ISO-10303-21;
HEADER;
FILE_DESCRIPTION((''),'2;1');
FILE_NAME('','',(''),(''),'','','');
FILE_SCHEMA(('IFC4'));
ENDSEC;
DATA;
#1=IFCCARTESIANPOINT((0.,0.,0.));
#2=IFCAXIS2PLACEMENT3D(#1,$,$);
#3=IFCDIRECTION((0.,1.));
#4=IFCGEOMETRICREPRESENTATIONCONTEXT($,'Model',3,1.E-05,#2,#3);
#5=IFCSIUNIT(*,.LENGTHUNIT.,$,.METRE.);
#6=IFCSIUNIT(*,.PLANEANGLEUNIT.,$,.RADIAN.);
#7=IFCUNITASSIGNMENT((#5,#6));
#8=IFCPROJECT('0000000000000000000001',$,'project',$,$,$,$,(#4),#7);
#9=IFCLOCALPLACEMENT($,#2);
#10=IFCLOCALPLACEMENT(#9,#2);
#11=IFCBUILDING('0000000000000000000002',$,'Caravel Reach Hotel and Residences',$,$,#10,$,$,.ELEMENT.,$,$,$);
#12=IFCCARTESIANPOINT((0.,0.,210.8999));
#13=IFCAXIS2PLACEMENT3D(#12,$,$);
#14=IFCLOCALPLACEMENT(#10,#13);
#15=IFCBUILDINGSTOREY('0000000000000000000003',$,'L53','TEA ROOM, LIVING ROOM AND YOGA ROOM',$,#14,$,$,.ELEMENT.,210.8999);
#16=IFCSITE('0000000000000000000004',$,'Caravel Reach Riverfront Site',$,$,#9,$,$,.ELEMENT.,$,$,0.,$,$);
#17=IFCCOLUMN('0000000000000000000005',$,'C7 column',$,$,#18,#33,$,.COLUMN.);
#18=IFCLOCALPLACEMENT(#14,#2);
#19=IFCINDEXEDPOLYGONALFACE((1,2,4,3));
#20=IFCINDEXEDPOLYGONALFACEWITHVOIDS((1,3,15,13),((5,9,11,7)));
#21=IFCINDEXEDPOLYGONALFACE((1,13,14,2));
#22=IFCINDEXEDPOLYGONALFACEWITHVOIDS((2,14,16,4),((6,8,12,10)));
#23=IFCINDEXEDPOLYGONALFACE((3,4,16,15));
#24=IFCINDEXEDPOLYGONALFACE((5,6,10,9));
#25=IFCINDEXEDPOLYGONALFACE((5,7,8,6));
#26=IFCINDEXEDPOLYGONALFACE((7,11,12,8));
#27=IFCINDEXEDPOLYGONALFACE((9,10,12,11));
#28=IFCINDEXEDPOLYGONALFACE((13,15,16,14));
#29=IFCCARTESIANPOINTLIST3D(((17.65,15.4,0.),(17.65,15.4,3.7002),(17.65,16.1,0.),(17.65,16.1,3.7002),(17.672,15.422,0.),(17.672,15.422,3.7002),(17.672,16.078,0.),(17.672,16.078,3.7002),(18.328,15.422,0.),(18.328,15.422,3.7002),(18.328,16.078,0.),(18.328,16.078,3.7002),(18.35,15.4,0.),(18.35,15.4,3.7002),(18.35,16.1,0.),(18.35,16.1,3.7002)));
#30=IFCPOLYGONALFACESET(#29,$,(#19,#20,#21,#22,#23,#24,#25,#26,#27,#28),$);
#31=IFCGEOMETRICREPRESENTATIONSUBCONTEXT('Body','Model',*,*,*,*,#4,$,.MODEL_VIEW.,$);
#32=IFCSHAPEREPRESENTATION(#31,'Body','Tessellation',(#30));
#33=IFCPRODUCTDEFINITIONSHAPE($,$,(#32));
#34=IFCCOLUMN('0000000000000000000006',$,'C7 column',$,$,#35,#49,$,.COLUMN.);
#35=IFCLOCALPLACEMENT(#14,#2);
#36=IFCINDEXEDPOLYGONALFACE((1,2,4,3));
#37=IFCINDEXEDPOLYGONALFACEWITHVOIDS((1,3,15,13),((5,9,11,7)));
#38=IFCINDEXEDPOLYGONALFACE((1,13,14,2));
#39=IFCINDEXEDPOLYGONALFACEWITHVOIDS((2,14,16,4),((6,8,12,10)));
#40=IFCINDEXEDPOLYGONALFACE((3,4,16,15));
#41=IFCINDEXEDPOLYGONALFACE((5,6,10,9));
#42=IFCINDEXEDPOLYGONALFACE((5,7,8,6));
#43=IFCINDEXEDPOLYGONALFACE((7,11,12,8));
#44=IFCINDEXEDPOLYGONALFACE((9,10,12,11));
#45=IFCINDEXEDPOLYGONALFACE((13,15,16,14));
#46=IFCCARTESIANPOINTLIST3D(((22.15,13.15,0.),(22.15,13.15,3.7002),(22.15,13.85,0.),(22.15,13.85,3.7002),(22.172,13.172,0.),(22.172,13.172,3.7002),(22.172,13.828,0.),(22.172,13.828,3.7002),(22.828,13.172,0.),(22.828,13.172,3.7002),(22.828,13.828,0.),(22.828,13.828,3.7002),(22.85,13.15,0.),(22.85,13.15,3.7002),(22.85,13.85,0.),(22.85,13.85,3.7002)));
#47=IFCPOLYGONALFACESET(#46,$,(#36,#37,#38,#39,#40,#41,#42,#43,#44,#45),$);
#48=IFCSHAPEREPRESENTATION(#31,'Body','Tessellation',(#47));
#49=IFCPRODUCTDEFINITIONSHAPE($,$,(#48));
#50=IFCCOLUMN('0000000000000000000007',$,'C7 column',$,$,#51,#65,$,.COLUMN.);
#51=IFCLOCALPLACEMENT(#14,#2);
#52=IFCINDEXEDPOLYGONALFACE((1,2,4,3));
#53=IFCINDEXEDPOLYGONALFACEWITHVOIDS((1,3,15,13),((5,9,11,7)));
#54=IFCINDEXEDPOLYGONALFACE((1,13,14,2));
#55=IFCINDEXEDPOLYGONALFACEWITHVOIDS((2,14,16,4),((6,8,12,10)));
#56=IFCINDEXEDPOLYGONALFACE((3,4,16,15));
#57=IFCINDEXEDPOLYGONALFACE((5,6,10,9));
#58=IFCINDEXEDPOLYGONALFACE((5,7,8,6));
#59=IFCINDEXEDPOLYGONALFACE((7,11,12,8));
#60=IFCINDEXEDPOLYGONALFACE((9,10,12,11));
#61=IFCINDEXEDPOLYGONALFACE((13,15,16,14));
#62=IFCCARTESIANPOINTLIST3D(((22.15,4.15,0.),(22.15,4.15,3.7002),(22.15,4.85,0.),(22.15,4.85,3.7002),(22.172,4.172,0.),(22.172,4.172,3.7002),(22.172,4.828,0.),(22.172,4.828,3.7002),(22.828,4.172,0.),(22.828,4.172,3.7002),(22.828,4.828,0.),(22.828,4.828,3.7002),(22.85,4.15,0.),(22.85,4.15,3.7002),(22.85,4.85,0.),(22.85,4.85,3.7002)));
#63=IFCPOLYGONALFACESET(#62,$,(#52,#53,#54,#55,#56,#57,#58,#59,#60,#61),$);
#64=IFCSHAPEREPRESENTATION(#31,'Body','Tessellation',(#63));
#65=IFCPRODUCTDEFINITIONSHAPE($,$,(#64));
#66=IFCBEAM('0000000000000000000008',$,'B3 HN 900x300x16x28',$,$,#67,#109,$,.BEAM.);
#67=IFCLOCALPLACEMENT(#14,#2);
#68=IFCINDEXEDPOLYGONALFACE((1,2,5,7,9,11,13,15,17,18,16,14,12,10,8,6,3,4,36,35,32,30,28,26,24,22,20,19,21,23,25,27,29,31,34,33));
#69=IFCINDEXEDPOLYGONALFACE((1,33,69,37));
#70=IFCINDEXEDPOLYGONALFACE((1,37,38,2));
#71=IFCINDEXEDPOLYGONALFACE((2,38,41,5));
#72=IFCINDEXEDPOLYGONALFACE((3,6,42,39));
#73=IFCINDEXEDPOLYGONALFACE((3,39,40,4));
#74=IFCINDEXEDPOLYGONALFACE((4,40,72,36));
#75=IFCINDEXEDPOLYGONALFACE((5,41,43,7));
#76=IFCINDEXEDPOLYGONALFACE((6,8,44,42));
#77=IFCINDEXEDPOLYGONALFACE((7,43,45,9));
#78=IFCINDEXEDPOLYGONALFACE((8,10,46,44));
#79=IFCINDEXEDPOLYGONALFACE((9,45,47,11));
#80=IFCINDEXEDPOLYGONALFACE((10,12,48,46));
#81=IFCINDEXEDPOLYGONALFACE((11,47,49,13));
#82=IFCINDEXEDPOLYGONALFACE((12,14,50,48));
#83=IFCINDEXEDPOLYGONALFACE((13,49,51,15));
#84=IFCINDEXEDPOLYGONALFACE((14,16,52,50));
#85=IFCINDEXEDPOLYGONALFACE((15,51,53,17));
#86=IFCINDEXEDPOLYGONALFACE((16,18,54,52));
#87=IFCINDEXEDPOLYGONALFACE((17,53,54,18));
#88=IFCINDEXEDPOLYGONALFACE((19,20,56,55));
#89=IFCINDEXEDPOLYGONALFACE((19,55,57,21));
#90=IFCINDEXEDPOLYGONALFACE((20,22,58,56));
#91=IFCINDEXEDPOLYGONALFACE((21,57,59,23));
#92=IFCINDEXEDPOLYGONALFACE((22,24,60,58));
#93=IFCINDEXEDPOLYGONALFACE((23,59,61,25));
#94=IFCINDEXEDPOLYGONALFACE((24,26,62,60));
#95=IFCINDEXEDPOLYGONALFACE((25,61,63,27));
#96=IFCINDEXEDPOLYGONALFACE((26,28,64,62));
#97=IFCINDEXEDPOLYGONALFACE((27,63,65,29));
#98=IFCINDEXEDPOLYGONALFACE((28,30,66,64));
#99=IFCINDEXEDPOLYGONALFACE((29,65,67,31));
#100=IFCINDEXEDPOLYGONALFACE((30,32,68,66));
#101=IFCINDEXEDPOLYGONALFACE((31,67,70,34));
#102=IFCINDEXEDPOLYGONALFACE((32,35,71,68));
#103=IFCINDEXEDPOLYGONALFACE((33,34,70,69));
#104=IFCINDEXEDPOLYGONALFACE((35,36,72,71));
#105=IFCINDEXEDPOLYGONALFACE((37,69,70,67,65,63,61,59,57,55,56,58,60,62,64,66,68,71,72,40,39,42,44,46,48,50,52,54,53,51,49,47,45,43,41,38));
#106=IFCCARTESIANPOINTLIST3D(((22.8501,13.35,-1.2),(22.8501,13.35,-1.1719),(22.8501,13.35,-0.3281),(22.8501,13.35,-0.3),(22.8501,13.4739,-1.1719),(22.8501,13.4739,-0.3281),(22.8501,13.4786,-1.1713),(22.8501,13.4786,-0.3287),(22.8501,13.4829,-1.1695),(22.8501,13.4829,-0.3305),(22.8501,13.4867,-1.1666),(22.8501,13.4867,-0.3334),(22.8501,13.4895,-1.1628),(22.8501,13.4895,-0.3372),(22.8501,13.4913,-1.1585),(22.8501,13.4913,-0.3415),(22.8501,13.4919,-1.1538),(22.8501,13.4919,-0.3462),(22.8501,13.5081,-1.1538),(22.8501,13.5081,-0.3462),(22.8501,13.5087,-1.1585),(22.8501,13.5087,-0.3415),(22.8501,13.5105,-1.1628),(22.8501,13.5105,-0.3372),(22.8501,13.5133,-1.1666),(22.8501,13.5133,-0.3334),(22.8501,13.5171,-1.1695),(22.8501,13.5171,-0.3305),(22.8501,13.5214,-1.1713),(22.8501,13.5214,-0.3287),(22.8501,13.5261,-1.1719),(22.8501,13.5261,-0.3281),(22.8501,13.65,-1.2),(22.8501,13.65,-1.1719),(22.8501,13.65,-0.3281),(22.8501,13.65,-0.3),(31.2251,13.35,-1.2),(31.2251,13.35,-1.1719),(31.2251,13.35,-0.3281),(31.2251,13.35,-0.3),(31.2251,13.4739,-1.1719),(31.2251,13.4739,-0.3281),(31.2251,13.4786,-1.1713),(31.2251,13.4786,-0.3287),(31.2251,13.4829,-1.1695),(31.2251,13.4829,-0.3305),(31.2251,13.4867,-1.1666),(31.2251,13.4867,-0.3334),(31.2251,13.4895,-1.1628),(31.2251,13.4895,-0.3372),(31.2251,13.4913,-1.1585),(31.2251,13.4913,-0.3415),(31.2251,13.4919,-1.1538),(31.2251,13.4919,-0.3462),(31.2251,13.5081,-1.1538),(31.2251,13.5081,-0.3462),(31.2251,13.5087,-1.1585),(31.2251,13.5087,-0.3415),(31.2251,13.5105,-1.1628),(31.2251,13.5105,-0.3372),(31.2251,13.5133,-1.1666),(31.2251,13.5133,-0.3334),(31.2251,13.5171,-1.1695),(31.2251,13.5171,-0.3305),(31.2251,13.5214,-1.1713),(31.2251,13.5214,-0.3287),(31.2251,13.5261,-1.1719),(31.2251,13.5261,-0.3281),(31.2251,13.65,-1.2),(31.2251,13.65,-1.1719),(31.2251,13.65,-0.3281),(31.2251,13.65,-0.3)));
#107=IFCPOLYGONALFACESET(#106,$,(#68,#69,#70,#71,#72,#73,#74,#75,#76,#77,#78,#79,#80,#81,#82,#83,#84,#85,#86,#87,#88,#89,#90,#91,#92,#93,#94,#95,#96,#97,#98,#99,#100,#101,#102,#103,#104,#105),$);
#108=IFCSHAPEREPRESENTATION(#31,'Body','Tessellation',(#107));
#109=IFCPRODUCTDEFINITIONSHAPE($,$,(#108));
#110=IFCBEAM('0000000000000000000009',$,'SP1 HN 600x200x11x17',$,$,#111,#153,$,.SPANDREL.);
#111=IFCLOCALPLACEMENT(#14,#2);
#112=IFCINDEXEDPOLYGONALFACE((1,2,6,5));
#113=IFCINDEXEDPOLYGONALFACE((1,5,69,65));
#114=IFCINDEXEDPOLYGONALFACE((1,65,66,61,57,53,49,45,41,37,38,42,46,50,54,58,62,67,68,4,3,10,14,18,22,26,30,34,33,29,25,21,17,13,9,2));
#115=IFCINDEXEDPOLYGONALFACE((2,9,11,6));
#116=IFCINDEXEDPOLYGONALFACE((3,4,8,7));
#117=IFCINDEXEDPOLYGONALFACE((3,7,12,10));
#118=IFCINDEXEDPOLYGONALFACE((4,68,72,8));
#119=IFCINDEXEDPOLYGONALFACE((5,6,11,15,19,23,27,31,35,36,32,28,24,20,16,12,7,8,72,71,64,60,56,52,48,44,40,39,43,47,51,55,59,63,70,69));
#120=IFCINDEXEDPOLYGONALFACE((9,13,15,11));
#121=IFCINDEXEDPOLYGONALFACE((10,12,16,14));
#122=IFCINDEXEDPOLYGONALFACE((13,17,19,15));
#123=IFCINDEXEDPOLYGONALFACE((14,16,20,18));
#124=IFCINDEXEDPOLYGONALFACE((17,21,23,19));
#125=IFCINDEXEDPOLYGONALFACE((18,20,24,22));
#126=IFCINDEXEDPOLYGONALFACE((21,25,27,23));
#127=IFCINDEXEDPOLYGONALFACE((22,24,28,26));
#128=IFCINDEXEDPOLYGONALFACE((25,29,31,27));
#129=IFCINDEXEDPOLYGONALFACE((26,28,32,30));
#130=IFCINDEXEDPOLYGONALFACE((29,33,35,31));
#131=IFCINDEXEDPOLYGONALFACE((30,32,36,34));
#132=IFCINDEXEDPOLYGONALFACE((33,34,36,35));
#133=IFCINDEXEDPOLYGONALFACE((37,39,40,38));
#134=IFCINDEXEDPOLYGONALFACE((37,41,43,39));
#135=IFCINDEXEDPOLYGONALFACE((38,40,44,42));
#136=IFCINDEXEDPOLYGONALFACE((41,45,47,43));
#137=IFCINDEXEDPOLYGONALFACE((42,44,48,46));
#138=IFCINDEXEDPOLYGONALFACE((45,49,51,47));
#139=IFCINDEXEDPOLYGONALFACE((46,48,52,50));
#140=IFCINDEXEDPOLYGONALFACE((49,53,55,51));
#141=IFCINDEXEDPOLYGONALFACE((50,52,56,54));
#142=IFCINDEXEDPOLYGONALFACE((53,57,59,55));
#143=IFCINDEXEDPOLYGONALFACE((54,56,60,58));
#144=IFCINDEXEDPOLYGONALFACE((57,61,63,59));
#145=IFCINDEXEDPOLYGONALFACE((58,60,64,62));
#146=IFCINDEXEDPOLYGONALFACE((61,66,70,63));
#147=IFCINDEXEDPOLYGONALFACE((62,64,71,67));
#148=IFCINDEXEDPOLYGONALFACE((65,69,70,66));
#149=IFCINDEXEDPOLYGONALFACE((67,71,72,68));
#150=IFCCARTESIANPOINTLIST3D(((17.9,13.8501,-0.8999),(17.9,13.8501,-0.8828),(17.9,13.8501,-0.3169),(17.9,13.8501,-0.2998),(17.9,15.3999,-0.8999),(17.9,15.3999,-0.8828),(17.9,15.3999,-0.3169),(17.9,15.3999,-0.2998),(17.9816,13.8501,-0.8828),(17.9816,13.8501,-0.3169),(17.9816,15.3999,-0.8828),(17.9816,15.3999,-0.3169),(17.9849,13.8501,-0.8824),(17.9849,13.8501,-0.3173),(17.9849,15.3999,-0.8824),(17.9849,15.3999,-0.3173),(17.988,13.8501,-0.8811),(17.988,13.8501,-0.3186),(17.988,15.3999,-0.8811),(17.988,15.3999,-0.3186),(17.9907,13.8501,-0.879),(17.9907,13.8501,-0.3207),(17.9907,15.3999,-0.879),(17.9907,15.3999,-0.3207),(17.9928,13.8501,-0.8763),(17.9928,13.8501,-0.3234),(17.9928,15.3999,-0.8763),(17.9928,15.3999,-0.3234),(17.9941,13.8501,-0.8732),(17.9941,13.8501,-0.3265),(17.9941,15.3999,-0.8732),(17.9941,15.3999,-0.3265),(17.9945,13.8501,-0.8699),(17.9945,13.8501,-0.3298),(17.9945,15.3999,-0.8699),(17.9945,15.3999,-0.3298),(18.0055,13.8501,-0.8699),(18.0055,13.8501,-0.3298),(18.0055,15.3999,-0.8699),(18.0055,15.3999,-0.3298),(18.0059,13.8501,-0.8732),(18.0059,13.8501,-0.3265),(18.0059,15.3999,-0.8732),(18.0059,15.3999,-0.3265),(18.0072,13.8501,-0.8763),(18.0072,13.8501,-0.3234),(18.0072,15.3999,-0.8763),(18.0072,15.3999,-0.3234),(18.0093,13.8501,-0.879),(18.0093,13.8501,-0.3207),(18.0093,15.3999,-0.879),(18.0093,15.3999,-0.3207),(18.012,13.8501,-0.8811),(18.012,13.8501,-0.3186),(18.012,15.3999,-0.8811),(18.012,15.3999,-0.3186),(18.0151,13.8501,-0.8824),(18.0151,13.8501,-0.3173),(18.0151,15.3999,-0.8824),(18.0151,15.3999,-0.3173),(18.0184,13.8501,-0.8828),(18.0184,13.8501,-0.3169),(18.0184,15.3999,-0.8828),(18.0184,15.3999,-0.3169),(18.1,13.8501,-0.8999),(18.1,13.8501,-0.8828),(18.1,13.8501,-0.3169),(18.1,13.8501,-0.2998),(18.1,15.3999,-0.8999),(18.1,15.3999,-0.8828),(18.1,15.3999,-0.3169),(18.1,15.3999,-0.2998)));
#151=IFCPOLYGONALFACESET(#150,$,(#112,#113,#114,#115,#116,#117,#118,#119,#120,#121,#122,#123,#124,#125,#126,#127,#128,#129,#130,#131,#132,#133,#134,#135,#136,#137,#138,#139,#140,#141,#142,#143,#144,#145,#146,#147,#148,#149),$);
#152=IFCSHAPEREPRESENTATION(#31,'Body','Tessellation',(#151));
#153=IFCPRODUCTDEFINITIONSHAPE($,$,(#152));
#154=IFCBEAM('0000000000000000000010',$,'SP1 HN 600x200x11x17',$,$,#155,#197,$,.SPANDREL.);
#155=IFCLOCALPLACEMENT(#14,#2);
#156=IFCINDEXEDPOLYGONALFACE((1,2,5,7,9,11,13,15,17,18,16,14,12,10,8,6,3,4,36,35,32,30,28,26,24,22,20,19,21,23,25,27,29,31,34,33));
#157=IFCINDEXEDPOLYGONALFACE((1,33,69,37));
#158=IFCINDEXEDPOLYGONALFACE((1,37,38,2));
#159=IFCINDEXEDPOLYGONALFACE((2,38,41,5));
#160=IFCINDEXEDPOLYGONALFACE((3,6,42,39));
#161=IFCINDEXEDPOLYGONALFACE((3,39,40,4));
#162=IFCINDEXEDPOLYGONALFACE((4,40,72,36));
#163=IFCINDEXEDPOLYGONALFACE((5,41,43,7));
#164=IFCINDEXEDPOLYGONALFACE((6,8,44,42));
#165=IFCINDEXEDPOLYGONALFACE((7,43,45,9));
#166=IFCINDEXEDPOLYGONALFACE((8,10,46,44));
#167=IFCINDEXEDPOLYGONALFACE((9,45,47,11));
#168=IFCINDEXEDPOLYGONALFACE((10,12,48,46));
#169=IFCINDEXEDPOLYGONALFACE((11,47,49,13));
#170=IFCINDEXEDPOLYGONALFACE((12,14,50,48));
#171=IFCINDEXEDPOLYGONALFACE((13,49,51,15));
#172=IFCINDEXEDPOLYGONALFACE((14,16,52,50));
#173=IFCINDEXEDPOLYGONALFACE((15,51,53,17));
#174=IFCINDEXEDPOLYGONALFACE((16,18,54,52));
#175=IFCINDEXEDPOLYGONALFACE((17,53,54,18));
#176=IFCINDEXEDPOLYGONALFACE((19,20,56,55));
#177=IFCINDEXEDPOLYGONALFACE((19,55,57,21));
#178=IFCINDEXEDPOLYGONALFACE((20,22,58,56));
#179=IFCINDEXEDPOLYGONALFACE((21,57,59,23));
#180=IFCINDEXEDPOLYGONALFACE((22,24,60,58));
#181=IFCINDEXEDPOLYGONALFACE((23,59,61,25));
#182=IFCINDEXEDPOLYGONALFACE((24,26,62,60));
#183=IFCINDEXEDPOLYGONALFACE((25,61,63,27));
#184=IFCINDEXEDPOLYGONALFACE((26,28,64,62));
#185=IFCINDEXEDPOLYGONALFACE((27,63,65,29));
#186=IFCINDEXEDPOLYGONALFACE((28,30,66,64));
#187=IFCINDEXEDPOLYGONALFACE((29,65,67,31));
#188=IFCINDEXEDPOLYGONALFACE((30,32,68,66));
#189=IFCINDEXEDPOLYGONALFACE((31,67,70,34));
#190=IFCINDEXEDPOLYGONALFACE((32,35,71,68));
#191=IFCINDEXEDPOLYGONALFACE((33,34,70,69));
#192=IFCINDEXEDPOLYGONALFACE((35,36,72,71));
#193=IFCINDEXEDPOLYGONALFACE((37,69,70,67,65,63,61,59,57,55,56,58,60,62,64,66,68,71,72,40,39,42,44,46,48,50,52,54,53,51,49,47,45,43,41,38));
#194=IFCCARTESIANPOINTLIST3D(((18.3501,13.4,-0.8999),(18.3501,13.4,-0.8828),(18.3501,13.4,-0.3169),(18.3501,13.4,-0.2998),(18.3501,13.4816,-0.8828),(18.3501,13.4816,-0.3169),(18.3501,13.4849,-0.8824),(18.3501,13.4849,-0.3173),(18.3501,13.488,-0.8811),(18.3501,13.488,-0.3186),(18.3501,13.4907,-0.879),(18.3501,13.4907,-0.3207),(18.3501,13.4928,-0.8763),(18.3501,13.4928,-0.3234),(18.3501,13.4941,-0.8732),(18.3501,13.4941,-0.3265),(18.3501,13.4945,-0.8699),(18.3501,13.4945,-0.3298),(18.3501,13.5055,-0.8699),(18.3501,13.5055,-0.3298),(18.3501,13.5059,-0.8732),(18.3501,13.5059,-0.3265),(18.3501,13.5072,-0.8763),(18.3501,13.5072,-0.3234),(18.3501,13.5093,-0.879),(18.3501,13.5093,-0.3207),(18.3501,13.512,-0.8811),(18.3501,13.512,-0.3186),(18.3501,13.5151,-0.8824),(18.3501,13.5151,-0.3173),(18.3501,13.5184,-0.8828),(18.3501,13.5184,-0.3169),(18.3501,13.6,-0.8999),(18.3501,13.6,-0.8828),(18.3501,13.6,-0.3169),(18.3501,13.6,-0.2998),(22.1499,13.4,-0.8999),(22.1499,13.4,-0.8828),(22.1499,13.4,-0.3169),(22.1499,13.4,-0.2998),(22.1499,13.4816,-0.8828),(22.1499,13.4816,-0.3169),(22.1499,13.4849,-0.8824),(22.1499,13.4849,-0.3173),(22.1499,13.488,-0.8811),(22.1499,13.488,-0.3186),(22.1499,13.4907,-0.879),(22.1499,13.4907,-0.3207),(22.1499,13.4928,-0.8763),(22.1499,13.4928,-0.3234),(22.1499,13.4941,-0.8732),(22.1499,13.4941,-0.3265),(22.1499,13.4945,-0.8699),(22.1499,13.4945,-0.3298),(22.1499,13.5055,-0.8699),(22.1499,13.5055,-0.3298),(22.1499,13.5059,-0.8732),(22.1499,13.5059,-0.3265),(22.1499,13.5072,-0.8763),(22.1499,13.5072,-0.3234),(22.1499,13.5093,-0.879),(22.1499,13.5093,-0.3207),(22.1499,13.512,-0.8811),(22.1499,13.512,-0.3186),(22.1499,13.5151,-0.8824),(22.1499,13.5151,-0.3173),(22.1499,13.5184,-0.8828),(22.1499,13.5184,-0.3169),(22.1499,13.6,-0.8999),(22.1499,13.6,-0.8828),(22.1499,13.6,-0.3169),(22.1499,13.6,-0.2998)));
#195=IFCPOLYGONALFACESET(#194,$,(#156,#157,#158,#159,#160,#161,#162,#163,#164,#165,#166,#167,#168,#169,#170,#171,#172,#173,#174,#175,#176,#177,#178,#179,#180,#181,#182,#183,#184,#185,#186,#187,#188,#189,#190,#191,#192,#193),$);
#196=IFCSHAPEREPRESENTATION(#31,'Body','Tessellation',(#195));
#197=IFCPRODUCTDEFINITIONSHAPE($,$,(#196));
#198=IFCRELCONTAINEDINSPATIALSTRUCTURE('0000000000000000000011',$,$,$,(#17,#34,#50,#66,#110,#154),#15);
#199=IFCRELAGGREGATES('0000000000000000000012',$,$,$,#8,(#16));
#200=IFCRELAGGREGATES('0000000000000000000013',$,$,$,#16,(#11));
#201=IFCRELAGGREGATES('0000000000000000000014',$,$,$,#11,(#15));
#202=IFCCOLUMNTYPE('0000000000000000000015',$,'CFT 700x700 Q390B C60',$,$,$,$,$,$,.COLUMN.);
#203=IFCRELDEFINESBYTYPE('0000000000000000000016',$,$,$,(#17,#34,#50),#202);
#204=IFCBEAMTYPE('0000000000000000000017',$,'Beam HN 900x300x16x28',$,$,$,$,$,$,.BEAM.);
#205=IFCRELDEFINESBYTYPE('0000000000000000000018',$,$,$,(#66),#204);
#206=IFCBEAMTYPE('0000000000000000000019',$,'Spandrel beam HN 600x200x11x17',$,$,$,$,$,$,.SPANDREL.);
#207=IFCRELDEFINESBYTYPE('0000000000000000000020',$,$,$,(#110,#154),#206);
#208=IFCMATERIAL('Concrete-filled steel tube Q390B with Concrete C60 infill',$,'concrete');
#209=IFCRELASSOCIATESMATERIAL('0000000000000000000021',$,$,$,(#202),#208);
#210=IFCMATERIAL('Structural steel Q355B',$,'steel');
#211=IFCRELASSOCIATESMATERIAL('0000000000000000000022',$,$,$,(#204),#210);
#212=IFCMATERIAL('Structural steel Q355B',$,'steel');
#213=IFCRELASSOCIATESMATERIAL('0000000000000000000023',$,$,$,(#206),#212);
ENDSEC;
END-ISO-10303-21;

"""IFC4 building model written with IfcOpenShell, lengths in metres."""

from ifc_helpers import new_model, si_unit, direction, frame, origin, origin_2d, place, context, subcontext, project, spatial, hollow_rectangle, i_section, extrude, material, material_profile, profile_set, type_object, element, save


model = new_model("IFC4")

# Units and contexts
model_context = context("Model", 3, precision=1e-05, world=origin(), true_north=direction((0.0, 1.0)))
body_context = subcontext(model_context, "Body", "Model", "MODEL_VIEW")
ifc_project = project(units=[si_unit("LENGTHUNIT", "METRE"), si_unit("PLANEANGLEUNIT", "RADIAN")], contexts=[model_context])

# Site, building, storey
site_placement = place(None, origin())
site = spatial("IfcSite", under=ifc_project, at=site_placement, Name="Caravel Reach Riverfront Site", CompositionType="ELEMENT", RefElevation=0.0)
building_placement = place(site_placement, origin())
building = spatial("IfcBuilding", under=site, at=building_placement, Name="Caravel Reach Hotel and Residences", CompositionType="ELEMENT")
storey_placement = place(building_placement, frame((0.0, 0.0, 210.8999)))
storey = spatial("IfcBuildingStorey", under=building, at=storey_placement, Name="L53", Description="TEA ROOM, LIVING ROOM AND YOGA ROOM", CompositionType="ELEMENT", Elevation=210.8999)

# Columns
ifc_material_1 = material(Name="Concrete-filled steel tube Q390B with Concrete C60 infill", Category="concrete")
ifc_material_profile_1 = material_profile(ifc_material_1, hollow_rectangle(XDim=0.7, YDim=0.7, WallThickness=0.022, at=origin_2d()), Name="RHS 700x700x22")
ifc_profile_set_1 = profile_set([ifc_material_profile_1], Name="Concrete-filled steel tube Q390B with Concrete C60 infill")
column_type = type_object("IfcColumnType", Name="CFT 700x700 Q390B C60", PredefinedType="COLUMN", material=ifc_profile_set_1)
for number, where, z_axis, x_axis, name in (
    (1, (18.0, 15.75, 0.0), (0.0, 0.0, 1.0), (1.0, 0.0, 0.0), "C7 column"),
    (2, (22.5, 13.5, 0.0), (0.0, 0.0, 1.0), (1.0, 0.0, 0.0), "C7 column"),
    (3, (22.5, 4.5, 0.0), (0.0, 0.0, 1.0), (1.0, 0.0, 0.0), "C7 column"),
):
    element("IfcColumn", number, at=place(storey_placement, frame(where, z_axis=z_axis, x_axis=x_axis)), inside=storey, type_object=column_type, Name=name, PredefinedType="COLUMN", context=body_context, shape_type="SweptSolid", body=[
        extrude(hollow_rectangle(XDim=0.7, YDim=0.7, WallThickness=0.022, at=origin_2d()), origin(), (0.0, 0.0, 1.0), 3.7002),
    ])

# Beams
ifc_material_2 = material(Name="Structural steel Q355B", Category="steel")
ifc_material_profile_2 = material_profile(ifc_material_2, i_section(OverallWidth=0.3, OverallDepth=0.8999, WebThickness=0.0161, FlangeThickness=0.0281, FilletRadius=0.0181, at=origin_2d()), Name="HN 900x300x16x28")
ifc_profile_set_2 = profile_set([ifc_material_profile_2], Name="Structural steel Q355B")
beam_type_1 = type_object("IfcBeamType", Name="Beam HN 900x300x16x28", PredefinedType="BEAM", material=ifc_profile_set_2)
beam_1_placement = place(storey_placement, frame((22.8501, 13.5, -0.75), z_axis=(1.0, 0.0, 0.0), x_axis=(0.0, 1.0, 0.0)))
element("IfcBeam", 4, at=beam_1_placement, inside=storey, type_object=beam_type_1, Name="B3 HN 900x300x16x28", PredefinedType="BEAM", context=body_context, shape_type="SweptSolid", body=[
    extrude(i_section(OverallWidth=0.3, OverallDepth=0.8999, WebThickness=0.0161, FlangeThickness=0.0281, FilletRadius=0.0181, at=origin_2d()), origin(), (0.0, 0.0, 1.0), 8.375),
])
ifc_material_3 = material(Name="Structural steel Q355B", Category="steel")
ifc_material_profile_3 = material_profile(ifc_material_3, i_section(OverallWidth=0.2, OverallDepth=0.6001, WebThickness=0.011, FlangeThickness=0.0171, FilletRadius=0.0129, at=origin_2d()), Name="HN 600x200x11x17")
ifc_profile_set_3 = profile_set([ifc_material_profile_3], Name="Structural steel Q355B")
beam_type_2 = type_object("IfcBeamType", Name="Spandrel beam HN 600x200x11x17", PredefinedType="SPANDREL", material=ifc_profile_set_3)
beam_2_placement = place(storey_placement, frame((18.0, 15.3999, -0.5999), z_axis=(0.0, -1.0, 0.0), x_axis=(1.0, 0.0, 0.0)))
element("IfcBeam", 5, at=beam_2_placement, inside=storey, type_object=beam_type_2, Name="SP1 HN 600x200x11x17", PredefinedType="SPANDREL", context=body_context, shape_type="SweptSolid", body=[
    extrude(i_section(OverallWidth=0.2, OverallDepth=0.6001, WebThickness=0.011, FlangeThickness=0.0171, FilletRadius=0.0129, at=origin_2d()), origin(), (0.0, 0.0, 1.0), 1.5498),
])
beam_3_placement = place(storey_placement, frame((18.3501, 13.5, -0.5999), z_axis=(1.0, 0.0, 0.0), x_axis=(0.0, 1.0, 0.0)))
element("IfcBeam", 6, at=beam_3_placement, inside=storey, type_object=beam_type_2, Name="SP1 HN 600x200x11x17", PredefinedType="SPANDREL", context=body_context, shape_type="SweptSolid", body=[
    extrude(i_section(OverallWidth=0.2, OverallDepth=0.6001, WebThickness=0.011, FlangeThickness=0.0171, FilletRadius=0.0129, at=origin_2d()), origin(), (0.0, 0.0, 1.0), 3.7998),
])

save(model, "model.ifc")
